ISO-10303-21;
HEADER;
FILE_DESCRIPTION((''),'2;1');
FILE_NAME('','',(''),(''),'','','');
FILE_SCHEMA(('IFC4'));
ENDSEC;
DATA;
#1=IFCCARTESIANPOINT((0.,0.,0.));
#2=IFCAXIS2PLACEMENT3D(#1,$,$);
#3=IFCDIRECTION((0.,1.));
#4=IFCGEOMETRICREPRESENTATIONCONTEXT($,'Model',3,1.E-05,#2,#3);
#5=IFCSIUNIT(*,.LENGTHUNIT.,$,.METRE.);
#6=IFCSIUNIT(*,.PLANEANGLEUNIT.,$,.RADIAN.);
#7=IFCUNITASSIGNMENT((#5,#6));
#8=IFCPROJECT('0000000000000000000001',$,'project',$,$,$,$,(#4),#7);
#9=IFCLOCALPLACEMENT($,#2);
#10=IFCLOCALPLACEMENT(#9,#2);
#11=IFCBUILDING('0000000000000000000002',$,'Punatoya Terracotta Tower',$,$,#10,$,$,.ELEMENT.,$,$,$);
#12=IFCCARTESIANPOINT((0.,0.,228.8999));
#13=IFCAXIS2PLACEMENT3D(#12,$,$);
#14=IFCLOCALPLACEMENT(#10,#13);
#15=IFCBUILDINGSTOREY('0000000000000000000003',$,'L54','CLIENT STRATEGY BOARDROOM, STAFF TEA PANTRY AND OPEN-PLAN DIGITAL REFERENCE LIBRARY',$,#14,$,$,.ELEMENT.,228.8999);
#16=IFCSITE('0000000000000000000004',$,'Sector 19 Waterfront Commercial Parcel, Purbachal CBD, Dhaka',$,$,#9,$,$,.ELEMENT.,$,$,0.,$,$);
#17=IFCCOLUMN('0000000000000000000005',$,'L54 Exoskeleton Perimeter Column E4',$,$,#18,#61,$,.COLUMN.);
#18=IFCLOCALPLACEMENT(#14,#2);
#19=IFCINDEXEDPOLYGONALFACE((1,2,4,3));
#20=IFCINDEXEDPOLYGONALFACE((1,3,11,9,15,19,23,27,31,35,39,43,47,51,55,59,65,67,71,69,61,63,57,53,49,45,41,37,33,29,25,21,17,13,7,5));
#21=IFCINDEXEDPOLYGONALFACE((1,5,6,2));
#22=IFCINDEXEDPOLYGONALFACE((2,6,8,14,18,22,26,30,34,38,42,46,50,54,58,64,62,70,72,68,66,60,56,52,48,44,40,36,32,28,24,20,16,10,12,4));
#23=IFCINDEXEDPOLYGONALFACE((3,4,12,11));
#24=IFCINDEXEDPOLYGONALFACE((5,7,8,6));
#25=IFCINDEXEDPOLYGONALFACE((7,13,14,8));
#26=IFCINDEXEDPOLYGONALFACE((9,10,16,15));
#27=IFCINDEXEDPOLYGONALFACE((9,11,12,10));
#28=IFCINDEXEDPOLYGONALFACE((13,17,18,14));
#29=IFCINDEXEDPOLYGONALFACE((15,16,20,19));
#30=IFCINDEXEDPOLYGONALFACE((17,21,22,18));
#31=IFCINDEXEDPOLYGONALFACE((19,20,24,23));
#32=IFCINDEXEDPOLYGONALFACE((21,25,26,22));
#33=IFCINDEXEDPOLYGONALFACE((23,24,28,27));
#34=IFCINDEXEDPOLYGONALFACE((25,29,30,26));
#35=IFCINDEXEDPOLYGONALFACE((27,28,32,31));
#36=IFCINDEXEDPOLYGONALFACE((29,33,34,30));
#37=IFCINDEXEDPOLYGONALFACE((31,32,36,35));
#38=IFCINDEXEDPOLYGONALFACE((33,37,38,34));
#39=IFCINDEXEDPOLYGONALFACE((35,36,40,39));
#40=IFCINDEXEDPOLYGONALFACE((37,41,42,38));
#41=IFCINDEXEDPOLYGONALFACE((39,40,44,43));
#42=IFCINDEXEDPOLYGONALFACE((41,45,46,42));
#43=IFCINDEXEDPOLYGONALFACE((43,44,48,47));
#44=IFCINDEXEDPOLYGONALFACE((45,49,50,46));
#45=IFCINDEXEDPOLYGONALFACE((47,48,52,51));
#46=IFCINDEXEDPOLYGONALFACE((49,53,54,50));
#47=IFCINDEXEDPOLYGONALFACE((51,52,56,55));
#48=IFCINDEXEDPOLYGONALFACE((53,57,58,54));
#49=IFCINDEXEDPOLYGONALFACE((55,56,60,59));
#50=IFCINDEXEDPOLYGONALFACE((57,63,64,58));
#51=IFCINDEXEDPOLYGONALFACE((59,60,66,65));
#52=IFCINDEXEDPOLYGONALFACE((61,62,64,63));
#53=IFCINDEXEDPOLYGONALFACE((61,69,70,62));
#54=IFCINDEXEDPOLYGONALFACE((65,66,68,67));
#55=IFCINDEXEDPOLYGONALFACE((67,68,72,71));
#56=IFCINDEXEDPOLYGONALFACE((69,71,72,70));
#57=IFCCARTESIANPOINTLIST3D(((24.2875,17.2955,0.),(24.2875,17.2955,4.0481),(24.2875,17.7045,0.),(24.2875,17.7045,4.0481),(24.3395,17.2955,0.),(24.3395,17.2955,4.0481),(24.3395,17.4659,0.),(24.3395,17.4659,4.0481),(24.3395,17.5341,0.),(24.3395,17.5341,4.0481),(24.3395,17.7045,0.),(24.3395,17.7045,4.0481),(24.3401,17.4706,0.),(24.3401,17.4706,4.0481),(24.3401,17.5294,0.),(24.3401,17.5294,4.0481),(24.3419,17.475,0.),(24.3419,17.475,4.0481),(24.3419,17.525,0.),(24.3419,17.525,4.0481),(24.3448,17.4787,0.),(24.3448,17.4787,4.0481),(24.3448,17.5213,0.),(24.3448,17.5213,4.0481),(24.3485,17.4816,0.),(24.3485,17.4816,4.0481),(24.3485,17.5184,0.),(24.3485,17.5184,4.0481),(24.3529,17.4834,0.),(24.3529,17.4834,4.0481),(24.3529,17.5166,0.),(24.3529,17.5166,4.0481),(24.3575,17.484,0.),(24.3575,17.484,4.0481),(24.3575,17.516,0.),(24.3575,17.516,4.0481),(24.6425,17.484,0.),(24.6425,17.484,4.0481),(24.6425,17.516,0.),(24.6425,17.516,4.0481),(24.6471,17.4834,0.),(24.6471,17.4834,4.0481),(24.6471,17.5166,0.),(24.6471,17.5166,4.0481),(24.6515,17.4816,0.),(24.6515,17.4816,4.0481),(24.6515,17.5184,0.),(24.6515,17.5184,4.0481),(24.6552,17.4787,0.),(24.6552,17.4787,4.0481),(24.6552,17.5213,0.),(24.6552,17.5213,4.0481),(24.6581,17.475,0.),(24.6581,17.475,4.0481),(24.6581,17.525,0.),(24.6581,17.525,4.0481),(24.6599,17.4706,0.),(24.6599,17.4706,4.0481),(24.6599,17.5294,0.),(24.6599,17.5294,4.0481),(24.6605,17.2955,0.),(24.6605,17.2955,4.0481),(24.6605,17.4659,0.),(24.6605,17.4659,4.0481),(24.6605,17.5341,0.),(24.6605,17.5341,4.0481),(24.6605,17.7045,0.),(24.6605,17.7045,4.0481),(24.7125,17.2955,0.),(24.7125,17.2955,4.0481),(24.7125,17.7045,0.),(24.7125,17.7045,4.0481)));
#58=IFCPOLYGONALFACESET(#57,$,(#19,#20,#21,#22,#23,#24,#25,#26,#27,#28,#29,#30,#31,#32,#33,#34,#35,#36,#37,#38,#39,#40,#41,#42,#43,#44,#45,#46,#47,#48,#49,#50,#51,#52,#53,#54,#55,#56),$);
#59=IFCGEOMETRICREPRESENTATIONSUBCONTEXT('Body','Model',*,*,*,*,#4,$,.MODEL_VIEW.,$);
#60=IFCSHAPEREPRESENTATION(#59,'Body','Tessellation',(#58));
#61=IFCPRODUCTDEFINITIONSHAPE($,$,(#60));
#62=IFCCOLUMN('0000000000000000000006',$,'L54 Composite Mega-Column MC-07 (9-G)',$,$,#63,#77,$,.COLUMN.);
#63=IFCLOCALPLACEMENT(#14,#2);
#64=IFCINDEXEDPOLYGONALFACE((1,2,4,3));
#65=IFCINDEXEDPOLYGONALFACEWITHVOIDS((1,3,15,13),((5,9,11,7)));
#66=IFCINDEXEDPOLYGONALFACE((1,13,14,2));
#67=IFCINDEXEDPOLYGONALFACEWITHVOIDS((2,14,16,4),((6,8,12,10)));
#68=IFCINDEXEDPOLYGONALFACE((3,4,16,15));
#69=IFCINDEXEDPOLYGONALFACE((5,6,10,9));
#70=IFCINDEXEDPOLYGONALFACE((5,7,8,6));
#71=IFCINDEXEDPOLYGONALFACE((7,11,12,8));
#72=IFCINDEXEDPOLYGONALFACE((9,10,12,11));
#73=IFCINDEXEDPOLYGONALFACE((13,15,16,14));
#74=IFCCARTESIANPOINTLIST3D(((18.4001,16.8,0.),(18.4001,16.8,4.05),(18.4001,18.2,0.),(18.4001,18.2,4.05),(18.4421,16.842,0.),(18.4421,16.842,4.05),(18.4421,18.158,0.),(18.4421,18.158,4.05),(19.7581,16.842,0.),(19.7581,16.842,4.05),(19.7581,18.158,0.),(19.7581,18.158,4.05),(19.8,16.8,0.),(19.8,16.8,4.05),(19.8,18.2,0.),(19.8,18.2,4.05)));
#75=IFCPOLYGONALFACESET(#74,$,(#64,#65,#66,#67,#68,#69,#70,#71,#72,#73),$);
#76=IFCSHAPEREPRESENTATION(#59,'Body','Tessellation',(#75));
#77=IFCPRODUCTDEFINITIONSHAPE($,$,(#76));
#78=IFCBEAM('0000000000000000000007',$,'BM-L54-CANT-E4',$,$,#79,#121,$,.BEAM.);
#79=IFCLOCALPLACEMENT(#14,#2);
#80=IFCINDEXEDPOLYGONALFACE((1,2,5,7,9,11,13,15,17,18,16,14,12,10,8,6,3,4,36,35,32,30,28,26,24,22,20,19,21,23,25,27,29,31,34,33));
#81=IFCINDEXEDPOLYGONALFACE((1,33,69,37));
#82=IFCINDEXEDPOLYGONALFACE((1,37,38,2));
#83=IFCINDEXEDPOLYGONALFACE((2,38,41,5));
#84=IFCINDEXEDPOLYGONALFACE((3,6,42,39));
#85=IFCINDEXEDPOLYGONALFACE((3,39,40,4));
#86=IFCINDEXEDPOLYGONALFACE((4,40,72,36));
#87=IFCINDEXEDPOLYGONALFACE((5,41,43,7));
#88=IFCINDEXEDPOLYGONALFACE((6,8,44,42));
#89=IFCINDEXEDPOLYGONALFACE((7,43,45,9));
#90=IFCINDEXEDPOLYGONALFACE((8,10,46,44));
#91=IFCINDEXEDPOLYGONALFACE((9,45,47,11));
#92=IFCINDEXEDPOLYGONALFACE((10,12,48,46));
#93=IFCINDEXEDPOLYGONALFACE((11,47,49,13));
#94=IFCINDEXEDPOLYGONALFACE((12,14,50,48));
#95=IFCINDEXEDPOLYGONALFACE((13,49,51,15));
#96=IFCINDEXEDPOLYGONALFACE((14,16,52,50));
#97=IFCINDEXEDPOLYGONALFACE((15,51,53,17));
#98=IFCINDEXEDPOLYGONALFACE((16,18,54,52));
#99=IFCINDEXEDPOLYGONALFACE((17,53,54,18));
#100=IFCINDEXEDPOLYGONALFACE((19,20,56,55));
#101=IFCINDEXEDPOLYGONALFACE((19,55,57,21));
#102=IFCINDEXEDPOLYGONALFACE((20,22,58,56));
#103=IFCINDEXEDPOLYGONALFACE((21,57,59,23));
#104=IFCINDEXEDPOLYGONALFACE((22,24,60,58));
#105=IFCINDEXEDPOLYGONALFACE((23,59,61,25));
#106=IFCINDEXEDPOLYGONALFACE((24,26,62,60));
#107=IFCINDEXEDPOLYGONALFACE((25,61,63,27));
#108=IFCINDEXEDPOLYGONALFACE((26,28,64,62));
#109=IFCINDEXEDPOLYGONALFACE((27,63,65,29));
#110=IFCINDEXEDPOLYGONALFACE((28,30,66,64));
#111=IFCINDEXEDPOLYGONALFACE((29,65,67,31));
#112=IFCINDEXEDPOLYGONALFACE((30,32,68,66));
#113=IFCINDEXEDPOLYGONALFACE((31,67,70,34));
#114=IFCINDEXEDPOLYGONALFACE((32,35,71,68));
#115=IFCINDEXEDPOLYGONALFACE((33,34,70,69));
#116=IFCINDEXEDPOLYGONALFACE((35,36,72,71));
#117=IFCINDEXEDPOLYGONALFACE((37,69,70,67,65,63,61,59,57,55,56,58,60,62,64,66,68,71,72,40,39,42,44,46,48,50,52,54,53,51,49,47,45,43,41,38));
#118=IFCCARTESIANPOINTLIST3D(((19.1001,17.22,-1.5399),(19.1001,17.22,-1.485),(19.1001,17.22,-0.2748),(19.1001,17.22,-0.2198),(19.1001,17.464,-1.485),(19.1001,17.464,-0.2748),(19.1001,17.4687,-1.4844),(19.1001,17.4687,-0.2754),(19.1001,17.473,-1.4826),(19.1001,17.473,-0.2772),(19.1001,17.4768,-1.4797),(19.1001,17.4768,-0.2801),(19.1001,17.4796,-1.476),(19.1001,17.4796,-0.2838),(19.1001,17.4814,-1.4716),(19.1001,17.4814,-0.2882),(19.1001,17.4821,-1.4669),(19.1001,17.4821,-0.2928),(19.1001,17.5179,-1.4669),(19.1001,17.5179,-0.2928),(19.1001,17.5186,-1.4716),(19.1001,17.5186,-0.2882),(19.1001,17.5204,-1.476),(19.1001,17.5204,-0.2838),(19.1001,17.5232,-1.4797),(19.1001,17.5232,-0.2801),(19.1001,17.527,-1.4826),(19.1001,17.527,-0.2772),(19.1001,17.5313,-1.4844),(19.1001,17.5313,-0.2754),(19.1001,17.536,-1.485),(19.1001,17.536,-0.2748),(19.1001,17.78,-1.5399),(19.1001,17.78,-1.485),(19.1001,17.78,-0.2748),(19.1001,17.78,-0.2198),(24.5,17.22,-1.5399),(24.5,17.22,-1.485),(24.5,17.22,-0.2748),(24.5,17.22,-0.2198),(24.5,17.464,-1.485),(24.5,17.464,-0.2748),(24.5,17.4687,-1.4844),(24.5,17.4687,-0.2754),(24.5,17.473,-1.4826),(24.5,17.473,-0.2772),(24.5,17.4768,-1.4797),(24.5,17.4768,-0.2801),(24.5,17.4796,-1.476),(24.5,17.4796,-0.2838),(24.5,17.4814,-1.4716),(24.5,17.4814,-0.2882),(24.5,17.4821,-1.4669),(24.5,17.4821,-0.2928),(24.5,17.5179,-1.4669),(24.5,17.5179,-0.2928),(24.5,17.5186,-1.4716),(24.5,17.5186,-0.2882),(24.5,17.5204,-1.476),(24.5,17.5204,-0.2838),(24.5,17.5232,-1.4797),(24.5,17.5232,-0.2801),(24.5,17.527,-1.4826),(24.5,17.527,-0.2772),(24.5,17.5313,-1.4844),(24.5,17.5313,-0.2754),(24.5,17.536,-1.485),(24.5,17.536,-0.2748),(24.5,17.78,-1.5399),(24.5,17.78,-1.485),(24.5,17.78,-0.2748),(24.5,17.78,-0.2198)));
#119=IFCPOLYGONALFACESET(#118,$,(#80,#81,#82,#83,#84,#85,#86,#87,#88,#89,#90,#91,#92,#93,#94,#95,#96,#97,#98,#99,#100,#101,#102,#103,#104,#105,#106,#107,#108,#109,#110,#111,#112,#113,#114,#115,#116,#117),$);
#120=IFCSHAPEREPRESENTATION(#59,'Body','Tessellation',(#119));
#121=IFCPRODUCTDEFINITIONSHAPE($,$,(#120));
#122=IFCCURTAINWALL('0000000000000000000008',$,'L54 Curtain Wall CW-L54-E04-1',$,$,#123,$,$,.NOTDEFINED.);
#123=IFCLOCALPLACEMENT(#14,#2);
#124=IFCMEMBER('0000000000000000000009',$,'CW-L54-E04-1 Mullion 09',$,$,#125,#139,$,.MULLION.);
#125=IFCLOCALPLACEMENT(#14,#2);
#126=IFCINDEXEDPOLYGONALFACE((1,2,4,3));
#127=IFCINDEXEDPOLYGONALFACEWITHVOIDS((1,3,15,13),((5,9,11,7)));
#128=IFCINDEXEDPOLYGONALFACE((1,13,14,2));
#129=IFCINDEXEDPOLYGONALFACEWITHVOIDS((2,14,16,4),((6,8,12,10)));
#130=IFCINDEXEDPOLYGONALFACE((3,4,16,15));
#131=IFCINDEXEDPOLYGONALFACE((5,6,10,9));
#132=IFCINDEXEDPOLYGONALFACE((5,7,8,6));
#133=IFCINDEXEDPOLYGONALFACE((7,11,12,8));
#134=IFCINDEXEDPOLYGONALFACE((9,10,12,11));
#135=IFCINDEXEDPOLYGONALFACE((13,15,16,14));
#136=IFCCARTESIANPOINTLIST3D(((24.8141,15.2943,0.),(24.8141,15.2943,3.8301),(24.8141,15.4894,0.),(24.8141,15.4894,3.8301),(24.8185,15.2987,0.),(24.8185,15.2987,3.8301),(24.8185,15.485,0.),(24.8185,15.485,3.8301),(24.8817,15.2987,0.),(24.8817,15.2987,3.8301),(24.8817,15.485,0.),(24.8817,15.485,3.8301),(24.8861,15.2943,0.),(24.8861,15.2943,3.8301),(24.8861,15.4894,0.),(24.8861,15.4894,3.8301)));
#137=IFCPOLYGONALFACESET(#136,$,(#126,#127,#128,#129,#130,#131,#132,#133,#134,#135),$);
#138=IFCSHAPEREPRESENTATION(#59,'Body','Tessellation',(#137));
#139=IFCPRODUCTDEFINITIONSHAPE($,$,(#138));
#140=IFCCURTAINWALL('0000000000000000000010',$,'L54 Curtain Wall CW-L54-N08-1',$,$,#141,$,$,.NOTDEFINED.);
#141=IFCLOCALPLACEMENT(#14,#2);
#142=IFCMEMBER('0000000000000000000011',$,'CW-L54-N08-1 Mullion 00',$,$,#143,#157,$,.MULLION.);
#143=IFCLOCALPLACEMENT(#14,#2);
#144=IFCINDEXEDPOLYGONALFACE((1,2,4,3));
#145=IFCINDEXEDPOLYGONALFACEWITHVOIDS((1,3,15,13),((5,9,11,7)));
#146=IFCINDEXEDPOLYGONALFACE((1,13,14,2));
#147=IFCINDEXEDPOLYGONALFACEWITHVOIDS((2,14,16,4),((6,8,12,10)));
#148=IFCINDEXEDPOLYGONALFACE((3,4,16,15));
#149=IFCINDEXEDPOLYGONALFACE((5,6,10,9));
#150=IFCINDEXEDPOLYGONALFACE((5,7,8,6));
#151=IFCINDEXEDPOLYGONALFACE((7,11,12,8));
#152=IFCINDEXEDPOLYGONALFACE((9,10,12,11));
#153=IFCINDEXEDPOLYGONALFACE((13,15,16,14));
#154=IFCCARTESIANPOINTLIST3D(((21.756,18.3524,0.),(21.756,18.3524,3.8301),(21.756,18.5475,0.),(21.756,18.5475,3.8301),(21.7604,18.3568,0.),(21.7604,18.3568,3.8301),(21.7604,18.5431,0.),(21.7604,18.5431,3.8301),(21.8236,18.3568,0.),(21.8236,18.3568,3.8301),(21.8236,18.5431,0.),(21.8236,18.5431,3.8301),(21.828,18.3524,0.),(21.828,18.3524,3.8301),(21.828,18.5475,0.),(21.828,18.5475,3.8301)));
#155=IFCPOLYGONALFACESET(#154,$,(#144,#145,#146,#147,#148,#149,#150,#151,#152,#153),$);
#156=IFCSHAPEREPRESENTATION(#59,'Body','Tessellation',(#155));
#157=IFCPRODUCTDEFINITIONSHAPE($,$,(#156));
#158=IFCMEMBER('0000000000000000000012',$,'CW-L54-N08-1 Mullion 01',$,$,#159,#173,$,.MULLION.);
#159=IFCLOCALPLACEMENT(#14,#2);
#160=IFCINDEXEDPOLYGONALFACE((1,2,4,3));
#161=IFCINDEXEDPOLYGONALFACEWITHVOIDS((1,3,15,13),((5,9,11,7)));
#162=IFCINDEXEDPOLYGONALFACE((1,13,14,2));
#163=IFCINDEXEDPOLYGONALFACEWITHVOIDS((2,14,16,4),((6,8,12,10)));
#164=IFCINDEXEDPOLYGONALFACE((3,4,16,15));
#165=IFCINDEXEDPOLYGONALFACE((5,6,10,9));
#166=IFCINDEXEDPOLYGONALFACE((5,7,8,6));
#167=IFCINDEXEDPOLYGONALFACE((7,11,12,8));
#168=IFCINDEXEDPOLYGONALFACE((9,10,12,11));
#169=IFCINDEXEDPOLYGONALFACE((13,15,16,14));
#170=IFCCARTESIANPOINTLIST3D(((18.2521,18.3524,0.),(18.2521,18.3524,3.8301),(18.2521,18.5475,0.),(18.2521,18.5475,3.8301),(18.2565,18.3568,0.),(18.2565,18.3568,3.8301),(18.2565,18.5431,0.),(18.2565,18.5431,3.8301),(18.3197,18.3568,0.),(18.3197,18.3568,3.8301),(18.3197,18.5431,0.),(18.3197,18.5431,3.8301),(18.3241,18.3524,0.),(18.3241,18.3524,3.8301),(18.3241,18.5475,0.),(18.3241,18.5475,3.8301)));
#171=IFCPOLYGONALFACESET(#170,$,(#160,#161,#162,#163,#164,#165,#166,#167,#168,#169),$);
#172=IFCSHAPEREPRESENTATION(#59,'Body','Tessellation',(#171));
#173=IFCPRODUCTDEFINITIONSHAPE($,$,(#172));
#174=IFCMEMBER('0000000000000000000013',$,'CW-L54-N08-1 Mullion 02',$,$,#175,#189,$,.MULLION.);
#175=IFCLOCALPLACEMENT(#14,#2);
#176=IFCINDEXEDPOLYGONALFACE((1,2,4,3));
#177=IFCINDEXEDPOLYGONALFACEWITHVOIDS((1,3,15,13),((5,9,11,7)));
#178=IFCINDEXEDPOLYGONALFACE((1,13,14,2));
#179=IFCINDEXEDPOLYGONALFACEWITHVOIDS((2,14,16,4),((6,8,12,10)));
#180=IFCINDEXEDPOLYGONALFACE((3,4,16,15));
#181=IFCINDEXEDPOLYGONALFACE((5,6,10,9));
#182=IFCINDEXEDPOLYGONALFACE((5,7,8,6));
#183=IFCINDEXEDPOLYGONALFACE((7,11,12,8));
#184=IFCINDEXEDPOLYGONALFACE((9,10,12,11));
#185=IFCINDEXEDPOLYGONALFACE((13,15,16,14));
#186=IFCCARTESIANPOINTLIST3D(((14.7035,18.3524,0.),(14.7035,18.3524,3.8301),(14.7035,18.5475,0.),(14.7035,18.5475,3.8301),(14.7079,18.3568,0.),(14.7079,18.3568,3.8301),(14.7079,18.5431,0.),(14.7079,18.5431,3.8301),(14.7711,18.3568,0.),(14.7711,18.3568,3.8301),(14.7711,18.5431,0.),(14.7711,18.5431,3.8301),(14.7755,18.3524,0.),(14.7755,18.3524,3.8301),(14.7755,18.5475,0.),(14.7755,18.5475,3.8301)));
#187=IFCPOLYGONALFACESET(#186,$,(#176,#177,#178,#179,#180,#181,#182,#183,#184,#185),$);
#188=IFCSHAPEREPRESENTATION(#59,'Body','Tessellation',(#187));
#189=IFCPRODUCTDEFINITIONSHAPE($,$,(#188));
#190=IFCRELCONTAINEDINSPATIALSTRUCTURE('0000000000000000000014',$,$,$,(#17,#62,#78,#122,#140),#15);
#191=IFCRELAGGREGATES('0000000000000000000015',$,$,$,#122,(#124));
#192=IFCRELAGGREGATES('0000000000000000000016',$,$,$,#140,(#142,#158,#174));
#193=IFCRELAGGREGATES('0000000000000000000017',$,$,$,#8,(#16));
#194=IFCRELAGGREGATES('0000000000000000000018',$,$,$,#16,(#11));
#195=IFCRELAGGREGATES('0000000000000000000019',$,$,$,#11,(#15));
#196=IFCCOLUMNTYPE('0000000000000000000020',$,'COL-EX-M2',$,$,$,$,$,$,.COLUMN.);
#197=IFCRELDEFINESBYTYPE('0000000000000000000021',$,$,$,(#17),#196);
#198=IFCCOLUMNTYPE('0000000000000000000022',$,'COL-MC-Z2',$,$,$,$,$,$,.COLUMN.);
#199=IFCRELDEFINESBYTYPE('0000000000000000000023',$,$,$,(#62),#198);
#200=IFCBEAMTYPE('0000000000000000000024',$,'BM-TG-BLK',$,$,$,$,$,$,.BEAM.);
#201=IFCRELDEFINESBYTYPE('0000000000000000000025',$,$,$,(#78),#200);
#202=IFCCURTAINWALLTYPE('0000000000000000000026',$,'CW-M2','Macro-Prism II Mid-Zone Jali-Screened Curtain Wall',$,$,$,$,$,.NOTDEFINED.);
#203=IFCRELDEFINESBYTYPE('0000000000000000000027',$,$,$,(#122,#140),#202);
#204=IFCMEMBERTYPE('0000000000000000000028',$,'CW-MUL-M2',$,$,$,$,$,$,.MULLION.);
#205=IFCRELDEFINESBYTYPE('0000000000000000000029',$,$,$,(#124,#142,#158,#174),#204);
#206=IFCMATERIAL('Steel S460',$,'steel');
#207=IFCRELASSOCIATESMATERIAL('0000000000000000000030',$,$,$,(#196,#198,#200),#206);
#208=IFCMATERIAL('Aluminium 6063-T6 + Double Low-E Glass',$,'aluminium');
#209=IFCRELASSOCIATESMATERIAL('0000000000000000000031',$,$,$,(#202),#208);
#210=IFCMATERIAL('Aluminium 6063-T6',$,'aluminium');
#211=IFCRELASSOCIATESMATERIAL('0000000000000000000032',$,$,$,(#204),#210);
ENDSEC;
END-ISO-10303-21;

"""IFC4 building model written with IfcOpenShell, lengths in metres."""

from ifc_helpers import new_model, si_unit, direction, frame, origin, origin_2d, place, context, subcontext, project, spatial, hollow_rectangle, i_section, extrude, material, material_profile, profile_set, type_object, element, aggregate, save


model = new_model("IFC4")

# Units and contexts
model_context = context("Model", 3, precision=1e-05, world=origin(), true_north=direction((0.0, 1.0)))
body_context = subcontext(model_context, "Body", "Model", "MODEL_VIEW")
ifc_project = project(units=[si_unit("LENGTHUNIT", "METRE"), si_unit("PLANEANGLEUNIT", "RADIAN")], contexts=[model_context])

# Site, building, storey
site_placement = place(None, origin())
site = spatial("IfcSite", under=ifc_project, at=site_placement, Name="Sector 19 Waterfront Commercial Parcel, Purbachal CBD, Dhaka", CompositionType="ELEMENT", RefElevation=0.0)
building_placement = place(site_placement, origin())
building = spatial("IfcBuilding", under=site, at=building_placement, Name="Punatoya Terracotta Tower", CompositionType="ELEMENT")
storey_placement = place(building_placement, frame((0.0, 0.0, 228.8999)))
storey = spatial("IfcBuildingStorey", under=building, at=storey_placement, Name="L54", Description="CLIENT STRATEGY BOARDROOM, STAFF TEA PANTRY AND OPEN-PLAN DIGITAL REFERENCE LIBRARY", CompositionType="ELEMENT", Elevation=228.8999)

# Columns
ifc_material_1 = material(Name="Steel S460", Category="steel")
ifc_material_profile_1 = material_profile(ifc_material_1, i_section(OverallWidth=0.4089, OverallDepth=0.425, WebThickness=0.032, FlangeThickness=0.052, FilletRadius=0.0181, at=origin_2d()))
ifc_profile_set_1 = profile_set([ifc_material_profile_1], Name="Steel S460")
column_type_1 = type_object("IfcColumnType", Name="COL-EX-M2", PredefinedType="COLUMN", material=ifc_profile_set_1)
column_1_placement = place(storey_placement, frame((24.5, 17.5, 0.0), z_axis=(0.0, 0.0, 1.0), x_axis=(0.0, 1.0, 0.0)))
element("IfcColumn", 1, at=column_1_placement, inside=storey, type_object=column_type_1, Name="L54 Exoskeleton Perimeter Column E4", PredefinedType="COLUMN", context=body_context, shape_type="SweptSolid", body=[
    extrude(i_section(OverallWidth=0.4089, OverallDepth=0.425, WebThickness=0.032, FlangeThickness=0.052, FilletRadius=0.0181, at=origin_2d()), origin(), (0.0, 0.0, 1.0), 4.0481),
])
ifc_material_profile_2 = material_profile(ifc_material_1, hollow_rectangle(XDim=1.3999, YDim=1.3999, WallThickness=0.042, at=origin_2d()))
ifc_profile_set_2 = profile_set([ifc_material_profile_2], Name="Steel S460")
column_type_2 = type_object("IfcColumnType", Name="COL-MC-Z2", PredefinedType="COLUMN", material=ifc_profile_set_2)
column_2_placement = place(storey_placement, frame((19.1001, 17.5, 0.0), z_axis=(0.0, 0.0, 1.0), x_axis=(1.0, 0.0, 0.0)))
element("IfcColumn", 2, at=column_2_placement, inside=storey, type_object=column_type_2, Name="L54 Composite Mega-Column MC-07 (9-G)", PredefinedType="COLUMN", context=body_context, shape_type="SweptSolid", body=[
    extrude(hollow_rectangle(XDim=1.3999, YDim=1.3999, WallThickness=0.042, at=origin_2d()), origin(), (0.0, 0.0, 1.0), 4.05),
])

# Beam
ifc_material_profile_3 = material_profile(ifc_material_1, i_section(OverallWidth=0.5601, OverallDepth=1.3201, WebThickness=0.0359, FlangeThickness=0.0549, FilletRadius=0.0181, at=origin_2d()))
ifc_profile_set_3 = profile_set([ifc_material_profile_3], Name="Steel S460")
beam_type = type_object("IfcBeamType", Name="BM-TG-BLK", PredefinedType="BEAM", material=ifc_profile_set_3)
beam_placement = place(storey_placement, frame((19.1001, 17.5, -0.8799), z_axis=(1.0, 0.0, 0.0), x_axis=(0.0, 1.0, 0.0)))
element("IfcBeam", 3, at=beam_placement, inside=storey, type_object=beam_type, Name="BM-L54-CANT-E4", PredefinedType="BEAM", context=body_context, shape_type="SweptSolid", body=[
    extrude(i_section(OverallWidth=0.5601, OverallDepth=1.3201, WebThickness=0.0359, FlangeThickness=0.0549, FilletRadius=0.0181, at=origin_2d()), origin(), (0.0, 0.0, 1.0), 5.3999),
])

# Curtain wall, member
ifc_material_2 = material(Name="Aluminium 6063-T6 + Double Low-E Glass", Category="aluminium")
curtain_wall_type = type_object("IfcCurtainWallType", Name="CW-M2", Description="Macro-Prism II Mid-Zone Jali-Screened Curtain Wall", PredefinedType="NOTDEFINED", material=ifc_material_2)
curtain_wall_1_placement = place(storey_placement, origin())
curtain_wall_1 = element("IfcCurtainWall", 4, at=curtain_wall_1_placement, inside=storey, type_object=curtain_wall_type, Name="L54 Curtain Wall CW-L54-E04-1", PredefinedType="NOTDEFINED")
ifc_material_3 = material(Name="Aluminium 6063-T6", Category="aluminium")
ifc_material_profile_4 = material_profile(ifc_material_3, hollow_rectangle(XDim=0.072, YDim=0.1951, WallThickness=0.0044, at=origin_2d()))
ifc_profile_set_4 = profile_set([ifc_material_profile_4], Name="Aluminium 6063-T6")
member_type_1 = type_object("IfcMemberType", Name="CW-MUL-M2", PredefinedType="MULLION", material=ifc_profile_set_4)
member_1_placement = place(storey_placement, frame((24.8501, 15.3918, 0.0), z_axis=(0.0, 0.0, 1.0), x_axis=(1.0, 0.0, 0.0)))
member_1 = element("IfcMember", 5, at=member_1_placement, type_object=member_type_1, Name="CW-L54-E04-1 Mullion 09", PredefinedType="MULLION", context=body_context, shape_type="SweptSolid", body=[
    extrude(hollow_rectangle(XDim=0.072, YDim=0.1951, WallThickness=0.0044, at=origin_2d()), origin(), (0.0, 0.0, 1.0), 3.8301),
])

# Curtain wall, members
curtain_wall_2_placement = place(storey_placement, origin())
curtain_wall_2 = element("IfcCurtainWall", 6, at=curtain_wall_2_placement, inside=storey, type_object=curtain_wall_type, Name="L54 Curtain Wall CW-L54-N08-1", PredefinedType="NOTDEFINED")
member_2_placement = place(storey_placement, frame((21.792, 18.45, 0.0), z_axis=(0.0, 0.0, 1.0), x_axis=(1.0, 0.0, 0.0)))
member_2 = element("IfcMember", 7, at=member_2_placement, type_object=member_type_1, Name="CW-L54-N08-1 Mullion 00", PredefinedType="MULLION", context=body_context, shape_type="SweptSolid", body=[
    extrude(hollow_rectangle(XDim=0.072, YDim=0.1951, WallThickness=0.0044, at=origin_2d()), origin(), (0.0, 0.0, 1.0), 3.8301),
])
member_3_placement = place(storey_placement, frame((18.2881, 18.45, 0.0), z_axis=(0.0, 0.0, 1.0), x_axis=(1.0, 0.0, 0.0)))
member_3 = element("IfcMember", 8, at=member_3_placement, type_object=member_type_1, Name="CW-L54-N08-1 Mullion 01", PredefinedType="MULLION", context=body_context, shape_type="SweptSolid", body=[
    extrude(hollow_rectangle(XDim=0.072, YDim=0.1951, WallThickness=0.0044, at=origin_2d()), origin(), (0.0, 0.0, 1.0), 3.8301),
])
member_4_placement = place(storey_placement, frame((14.7395, 18.45, 0.0), z_axis=(0.0, 0.0, 1.0), x_axis=(1.0, 0.0, 0.0)))
member_4 = element("IfcMember", 9, at=member_4_placement, type_object=member_type_1, Name="CW-L54-N08-1 Mullion 02", PredefinedType="MULLION", context=body_context, shape_type="SweptSolid", body=[
    extrude(hollow_rectangle(XDim=0.072, YDim=0.1951, WallThickness=0.0044, at=origin_2d()), origin(), (0.0, 0.0, 1.0), 3.8301),
])

aggregate(curtain_wall_1, [member_1])
aggregate(curtain_wall_2, [member_2, member_3, member_4])

save(model, "model.ifc")
